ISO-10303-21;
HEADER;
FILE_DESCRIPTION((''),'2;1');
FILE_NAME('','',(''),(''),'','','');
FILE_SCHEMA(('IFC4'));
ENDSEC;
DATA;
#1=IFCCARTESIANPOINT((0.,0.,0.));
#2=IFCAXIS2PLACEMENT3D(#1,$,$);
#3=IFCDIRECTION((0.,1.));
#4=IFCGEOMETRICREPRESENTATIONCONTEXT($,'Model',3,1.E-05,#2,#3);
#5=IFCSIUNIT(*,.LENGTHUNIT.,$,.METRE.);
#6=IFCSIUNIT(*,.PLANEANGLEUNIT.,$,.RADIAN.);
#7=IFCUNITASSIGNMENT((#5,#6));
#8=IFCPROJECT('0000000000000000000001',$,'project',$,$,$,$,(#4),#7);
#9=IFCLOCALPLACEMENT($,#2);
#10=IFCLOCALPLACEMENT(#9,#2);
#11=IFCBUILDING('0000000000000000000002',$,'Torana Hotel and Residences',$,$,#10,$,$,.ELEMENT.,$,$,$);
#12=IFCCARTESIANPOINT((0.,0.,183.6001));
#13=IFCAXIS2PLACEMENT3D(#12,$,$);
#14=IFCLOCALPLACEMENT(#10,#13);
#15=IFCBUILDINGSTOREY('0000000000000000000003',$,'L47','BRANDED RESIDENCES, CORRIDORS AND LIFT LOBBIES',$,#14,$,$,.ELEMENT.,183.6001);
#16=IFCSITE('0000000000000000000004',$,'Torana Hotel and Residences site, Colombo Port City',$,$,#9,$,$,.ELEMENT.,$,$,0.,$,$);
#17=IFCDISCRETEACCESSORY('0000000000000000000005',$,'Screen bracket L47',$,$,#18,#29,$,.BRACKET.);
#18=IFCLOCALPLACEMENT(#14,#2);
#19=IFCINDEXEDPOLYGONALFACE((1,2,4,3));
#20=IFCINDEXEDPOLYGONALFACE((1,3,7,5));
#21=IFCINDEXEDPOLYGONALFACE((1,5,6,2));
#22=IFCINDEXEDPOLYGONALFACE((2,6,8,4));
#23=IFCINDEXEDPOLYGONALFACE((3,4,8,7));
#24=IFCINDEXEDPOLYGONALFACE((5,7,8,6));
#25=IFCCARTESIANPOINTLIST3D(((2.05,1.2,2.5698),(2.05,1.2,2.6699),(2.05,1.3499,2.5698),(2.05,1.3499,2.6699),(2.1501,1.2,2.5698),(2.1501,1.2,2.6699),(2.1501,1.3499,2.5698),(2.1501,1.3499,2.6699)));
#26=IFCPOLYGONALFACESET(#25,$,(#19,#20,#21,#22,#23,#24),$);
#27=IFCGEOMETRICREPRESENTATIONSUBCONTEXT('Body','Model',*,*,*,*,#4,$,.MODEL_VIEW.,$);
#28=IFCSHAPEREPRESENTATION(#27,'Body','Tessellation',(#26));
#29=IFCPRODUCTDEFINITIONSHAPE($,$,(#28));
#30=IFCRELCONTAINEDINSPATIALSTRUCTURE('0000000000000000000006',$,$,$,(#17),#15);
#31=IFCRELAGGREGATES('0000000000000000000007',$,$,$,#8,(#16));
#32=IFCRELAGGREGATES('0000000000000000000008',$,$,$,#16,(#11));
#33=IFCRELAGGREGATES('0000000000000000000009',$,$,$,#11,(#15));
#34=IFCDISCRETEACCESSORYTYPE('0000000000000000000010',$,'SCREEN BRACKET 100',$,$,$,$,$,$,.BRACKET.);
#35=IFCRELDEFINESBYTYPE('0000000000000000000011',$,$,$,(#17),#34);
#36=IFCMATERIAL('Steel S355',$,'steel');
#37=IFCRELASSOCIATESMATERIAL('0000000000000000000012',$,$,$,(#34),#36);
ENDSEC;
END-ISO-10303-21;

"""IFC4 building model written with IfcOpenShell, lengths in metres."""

from ifc_helpers import new_model, si_unit, direction, frame, origin, origin_2d, place, context, subcontext, project, spatial, rectangle, extrude, material, type_object, element, save


model = new_model("IFC4")

# Units and contexts
model_context = context("Model", 3, precision=1e-05, world=origin(), true_north=direction((0.0, 1.0)))
body_context = subcontext(model_context, "Body", "Model", "MODEL_VIEW")
ifc_project = project(units=[si_unit("LENGTHUNIT", "METRE"), si_unit("PLANEANGLEUNIT", "RADIAN")], contexts=[model_context])

# Site, building, storey
site_placement = place(None, origin())
site = spatial("IfcSite", under=ifc_project, at=site_placement, Name="Torana Hotel and Residences site, Colombo Port City", CompositionType="ELEMENT", RefElevation=0.0)
building_placement = place(site_placement, origin())
building = spatial("IfcBuilding", under=site, at=building_placement, Name="Torana Hotel and Residences", CompositionType="ELEMENT")
storey_placement = place(building_placement, frame((0.0, 0.0, 183.6001)))
storey = spatial("IfcBuildingStorey", under=building, at=storey_placement, Name="L47", Description="BRANDED RESIDENCES, CORRIDORS AND LIFT LOBBIES", CompositionType="ELEMENT", Elevation=183.6001)

# Discrete accessory
ifc_material_1 = material(Name="Steel S355", Category="steel")
discrete_accessory_type = type_object("IfcDiscreteAccessoryType", Name="SCREEN BRACKET 100", PredefinedType="BRACKET", material=ifc_material_1)
for number, where, z_axis, x_axis, name in (
    (1, (2.1001, 1.2749, 2.5698), (0.0, 0.0, 1.0), (-1.0, 0.0, 0.0), "Screen bracket L47"),
):
    element("IfcDiscreteAccessory", number, at=place(storey_placement, frame(where, z_axis=z_axis, x_axis=x_axis)), inside=storey, type_object=discrete_accessory_type, Name=name, PredefinedType="BRACKET", context=body_context, shape_type="SweptSolid", body=[
        extrude(rectangle(XDim=0.1001, YDim=0.1499, at=origin_2d()), origin(), (0.0, 0.0, 1.0), 0.1001),
    ])

save(model, "model.ifc")
